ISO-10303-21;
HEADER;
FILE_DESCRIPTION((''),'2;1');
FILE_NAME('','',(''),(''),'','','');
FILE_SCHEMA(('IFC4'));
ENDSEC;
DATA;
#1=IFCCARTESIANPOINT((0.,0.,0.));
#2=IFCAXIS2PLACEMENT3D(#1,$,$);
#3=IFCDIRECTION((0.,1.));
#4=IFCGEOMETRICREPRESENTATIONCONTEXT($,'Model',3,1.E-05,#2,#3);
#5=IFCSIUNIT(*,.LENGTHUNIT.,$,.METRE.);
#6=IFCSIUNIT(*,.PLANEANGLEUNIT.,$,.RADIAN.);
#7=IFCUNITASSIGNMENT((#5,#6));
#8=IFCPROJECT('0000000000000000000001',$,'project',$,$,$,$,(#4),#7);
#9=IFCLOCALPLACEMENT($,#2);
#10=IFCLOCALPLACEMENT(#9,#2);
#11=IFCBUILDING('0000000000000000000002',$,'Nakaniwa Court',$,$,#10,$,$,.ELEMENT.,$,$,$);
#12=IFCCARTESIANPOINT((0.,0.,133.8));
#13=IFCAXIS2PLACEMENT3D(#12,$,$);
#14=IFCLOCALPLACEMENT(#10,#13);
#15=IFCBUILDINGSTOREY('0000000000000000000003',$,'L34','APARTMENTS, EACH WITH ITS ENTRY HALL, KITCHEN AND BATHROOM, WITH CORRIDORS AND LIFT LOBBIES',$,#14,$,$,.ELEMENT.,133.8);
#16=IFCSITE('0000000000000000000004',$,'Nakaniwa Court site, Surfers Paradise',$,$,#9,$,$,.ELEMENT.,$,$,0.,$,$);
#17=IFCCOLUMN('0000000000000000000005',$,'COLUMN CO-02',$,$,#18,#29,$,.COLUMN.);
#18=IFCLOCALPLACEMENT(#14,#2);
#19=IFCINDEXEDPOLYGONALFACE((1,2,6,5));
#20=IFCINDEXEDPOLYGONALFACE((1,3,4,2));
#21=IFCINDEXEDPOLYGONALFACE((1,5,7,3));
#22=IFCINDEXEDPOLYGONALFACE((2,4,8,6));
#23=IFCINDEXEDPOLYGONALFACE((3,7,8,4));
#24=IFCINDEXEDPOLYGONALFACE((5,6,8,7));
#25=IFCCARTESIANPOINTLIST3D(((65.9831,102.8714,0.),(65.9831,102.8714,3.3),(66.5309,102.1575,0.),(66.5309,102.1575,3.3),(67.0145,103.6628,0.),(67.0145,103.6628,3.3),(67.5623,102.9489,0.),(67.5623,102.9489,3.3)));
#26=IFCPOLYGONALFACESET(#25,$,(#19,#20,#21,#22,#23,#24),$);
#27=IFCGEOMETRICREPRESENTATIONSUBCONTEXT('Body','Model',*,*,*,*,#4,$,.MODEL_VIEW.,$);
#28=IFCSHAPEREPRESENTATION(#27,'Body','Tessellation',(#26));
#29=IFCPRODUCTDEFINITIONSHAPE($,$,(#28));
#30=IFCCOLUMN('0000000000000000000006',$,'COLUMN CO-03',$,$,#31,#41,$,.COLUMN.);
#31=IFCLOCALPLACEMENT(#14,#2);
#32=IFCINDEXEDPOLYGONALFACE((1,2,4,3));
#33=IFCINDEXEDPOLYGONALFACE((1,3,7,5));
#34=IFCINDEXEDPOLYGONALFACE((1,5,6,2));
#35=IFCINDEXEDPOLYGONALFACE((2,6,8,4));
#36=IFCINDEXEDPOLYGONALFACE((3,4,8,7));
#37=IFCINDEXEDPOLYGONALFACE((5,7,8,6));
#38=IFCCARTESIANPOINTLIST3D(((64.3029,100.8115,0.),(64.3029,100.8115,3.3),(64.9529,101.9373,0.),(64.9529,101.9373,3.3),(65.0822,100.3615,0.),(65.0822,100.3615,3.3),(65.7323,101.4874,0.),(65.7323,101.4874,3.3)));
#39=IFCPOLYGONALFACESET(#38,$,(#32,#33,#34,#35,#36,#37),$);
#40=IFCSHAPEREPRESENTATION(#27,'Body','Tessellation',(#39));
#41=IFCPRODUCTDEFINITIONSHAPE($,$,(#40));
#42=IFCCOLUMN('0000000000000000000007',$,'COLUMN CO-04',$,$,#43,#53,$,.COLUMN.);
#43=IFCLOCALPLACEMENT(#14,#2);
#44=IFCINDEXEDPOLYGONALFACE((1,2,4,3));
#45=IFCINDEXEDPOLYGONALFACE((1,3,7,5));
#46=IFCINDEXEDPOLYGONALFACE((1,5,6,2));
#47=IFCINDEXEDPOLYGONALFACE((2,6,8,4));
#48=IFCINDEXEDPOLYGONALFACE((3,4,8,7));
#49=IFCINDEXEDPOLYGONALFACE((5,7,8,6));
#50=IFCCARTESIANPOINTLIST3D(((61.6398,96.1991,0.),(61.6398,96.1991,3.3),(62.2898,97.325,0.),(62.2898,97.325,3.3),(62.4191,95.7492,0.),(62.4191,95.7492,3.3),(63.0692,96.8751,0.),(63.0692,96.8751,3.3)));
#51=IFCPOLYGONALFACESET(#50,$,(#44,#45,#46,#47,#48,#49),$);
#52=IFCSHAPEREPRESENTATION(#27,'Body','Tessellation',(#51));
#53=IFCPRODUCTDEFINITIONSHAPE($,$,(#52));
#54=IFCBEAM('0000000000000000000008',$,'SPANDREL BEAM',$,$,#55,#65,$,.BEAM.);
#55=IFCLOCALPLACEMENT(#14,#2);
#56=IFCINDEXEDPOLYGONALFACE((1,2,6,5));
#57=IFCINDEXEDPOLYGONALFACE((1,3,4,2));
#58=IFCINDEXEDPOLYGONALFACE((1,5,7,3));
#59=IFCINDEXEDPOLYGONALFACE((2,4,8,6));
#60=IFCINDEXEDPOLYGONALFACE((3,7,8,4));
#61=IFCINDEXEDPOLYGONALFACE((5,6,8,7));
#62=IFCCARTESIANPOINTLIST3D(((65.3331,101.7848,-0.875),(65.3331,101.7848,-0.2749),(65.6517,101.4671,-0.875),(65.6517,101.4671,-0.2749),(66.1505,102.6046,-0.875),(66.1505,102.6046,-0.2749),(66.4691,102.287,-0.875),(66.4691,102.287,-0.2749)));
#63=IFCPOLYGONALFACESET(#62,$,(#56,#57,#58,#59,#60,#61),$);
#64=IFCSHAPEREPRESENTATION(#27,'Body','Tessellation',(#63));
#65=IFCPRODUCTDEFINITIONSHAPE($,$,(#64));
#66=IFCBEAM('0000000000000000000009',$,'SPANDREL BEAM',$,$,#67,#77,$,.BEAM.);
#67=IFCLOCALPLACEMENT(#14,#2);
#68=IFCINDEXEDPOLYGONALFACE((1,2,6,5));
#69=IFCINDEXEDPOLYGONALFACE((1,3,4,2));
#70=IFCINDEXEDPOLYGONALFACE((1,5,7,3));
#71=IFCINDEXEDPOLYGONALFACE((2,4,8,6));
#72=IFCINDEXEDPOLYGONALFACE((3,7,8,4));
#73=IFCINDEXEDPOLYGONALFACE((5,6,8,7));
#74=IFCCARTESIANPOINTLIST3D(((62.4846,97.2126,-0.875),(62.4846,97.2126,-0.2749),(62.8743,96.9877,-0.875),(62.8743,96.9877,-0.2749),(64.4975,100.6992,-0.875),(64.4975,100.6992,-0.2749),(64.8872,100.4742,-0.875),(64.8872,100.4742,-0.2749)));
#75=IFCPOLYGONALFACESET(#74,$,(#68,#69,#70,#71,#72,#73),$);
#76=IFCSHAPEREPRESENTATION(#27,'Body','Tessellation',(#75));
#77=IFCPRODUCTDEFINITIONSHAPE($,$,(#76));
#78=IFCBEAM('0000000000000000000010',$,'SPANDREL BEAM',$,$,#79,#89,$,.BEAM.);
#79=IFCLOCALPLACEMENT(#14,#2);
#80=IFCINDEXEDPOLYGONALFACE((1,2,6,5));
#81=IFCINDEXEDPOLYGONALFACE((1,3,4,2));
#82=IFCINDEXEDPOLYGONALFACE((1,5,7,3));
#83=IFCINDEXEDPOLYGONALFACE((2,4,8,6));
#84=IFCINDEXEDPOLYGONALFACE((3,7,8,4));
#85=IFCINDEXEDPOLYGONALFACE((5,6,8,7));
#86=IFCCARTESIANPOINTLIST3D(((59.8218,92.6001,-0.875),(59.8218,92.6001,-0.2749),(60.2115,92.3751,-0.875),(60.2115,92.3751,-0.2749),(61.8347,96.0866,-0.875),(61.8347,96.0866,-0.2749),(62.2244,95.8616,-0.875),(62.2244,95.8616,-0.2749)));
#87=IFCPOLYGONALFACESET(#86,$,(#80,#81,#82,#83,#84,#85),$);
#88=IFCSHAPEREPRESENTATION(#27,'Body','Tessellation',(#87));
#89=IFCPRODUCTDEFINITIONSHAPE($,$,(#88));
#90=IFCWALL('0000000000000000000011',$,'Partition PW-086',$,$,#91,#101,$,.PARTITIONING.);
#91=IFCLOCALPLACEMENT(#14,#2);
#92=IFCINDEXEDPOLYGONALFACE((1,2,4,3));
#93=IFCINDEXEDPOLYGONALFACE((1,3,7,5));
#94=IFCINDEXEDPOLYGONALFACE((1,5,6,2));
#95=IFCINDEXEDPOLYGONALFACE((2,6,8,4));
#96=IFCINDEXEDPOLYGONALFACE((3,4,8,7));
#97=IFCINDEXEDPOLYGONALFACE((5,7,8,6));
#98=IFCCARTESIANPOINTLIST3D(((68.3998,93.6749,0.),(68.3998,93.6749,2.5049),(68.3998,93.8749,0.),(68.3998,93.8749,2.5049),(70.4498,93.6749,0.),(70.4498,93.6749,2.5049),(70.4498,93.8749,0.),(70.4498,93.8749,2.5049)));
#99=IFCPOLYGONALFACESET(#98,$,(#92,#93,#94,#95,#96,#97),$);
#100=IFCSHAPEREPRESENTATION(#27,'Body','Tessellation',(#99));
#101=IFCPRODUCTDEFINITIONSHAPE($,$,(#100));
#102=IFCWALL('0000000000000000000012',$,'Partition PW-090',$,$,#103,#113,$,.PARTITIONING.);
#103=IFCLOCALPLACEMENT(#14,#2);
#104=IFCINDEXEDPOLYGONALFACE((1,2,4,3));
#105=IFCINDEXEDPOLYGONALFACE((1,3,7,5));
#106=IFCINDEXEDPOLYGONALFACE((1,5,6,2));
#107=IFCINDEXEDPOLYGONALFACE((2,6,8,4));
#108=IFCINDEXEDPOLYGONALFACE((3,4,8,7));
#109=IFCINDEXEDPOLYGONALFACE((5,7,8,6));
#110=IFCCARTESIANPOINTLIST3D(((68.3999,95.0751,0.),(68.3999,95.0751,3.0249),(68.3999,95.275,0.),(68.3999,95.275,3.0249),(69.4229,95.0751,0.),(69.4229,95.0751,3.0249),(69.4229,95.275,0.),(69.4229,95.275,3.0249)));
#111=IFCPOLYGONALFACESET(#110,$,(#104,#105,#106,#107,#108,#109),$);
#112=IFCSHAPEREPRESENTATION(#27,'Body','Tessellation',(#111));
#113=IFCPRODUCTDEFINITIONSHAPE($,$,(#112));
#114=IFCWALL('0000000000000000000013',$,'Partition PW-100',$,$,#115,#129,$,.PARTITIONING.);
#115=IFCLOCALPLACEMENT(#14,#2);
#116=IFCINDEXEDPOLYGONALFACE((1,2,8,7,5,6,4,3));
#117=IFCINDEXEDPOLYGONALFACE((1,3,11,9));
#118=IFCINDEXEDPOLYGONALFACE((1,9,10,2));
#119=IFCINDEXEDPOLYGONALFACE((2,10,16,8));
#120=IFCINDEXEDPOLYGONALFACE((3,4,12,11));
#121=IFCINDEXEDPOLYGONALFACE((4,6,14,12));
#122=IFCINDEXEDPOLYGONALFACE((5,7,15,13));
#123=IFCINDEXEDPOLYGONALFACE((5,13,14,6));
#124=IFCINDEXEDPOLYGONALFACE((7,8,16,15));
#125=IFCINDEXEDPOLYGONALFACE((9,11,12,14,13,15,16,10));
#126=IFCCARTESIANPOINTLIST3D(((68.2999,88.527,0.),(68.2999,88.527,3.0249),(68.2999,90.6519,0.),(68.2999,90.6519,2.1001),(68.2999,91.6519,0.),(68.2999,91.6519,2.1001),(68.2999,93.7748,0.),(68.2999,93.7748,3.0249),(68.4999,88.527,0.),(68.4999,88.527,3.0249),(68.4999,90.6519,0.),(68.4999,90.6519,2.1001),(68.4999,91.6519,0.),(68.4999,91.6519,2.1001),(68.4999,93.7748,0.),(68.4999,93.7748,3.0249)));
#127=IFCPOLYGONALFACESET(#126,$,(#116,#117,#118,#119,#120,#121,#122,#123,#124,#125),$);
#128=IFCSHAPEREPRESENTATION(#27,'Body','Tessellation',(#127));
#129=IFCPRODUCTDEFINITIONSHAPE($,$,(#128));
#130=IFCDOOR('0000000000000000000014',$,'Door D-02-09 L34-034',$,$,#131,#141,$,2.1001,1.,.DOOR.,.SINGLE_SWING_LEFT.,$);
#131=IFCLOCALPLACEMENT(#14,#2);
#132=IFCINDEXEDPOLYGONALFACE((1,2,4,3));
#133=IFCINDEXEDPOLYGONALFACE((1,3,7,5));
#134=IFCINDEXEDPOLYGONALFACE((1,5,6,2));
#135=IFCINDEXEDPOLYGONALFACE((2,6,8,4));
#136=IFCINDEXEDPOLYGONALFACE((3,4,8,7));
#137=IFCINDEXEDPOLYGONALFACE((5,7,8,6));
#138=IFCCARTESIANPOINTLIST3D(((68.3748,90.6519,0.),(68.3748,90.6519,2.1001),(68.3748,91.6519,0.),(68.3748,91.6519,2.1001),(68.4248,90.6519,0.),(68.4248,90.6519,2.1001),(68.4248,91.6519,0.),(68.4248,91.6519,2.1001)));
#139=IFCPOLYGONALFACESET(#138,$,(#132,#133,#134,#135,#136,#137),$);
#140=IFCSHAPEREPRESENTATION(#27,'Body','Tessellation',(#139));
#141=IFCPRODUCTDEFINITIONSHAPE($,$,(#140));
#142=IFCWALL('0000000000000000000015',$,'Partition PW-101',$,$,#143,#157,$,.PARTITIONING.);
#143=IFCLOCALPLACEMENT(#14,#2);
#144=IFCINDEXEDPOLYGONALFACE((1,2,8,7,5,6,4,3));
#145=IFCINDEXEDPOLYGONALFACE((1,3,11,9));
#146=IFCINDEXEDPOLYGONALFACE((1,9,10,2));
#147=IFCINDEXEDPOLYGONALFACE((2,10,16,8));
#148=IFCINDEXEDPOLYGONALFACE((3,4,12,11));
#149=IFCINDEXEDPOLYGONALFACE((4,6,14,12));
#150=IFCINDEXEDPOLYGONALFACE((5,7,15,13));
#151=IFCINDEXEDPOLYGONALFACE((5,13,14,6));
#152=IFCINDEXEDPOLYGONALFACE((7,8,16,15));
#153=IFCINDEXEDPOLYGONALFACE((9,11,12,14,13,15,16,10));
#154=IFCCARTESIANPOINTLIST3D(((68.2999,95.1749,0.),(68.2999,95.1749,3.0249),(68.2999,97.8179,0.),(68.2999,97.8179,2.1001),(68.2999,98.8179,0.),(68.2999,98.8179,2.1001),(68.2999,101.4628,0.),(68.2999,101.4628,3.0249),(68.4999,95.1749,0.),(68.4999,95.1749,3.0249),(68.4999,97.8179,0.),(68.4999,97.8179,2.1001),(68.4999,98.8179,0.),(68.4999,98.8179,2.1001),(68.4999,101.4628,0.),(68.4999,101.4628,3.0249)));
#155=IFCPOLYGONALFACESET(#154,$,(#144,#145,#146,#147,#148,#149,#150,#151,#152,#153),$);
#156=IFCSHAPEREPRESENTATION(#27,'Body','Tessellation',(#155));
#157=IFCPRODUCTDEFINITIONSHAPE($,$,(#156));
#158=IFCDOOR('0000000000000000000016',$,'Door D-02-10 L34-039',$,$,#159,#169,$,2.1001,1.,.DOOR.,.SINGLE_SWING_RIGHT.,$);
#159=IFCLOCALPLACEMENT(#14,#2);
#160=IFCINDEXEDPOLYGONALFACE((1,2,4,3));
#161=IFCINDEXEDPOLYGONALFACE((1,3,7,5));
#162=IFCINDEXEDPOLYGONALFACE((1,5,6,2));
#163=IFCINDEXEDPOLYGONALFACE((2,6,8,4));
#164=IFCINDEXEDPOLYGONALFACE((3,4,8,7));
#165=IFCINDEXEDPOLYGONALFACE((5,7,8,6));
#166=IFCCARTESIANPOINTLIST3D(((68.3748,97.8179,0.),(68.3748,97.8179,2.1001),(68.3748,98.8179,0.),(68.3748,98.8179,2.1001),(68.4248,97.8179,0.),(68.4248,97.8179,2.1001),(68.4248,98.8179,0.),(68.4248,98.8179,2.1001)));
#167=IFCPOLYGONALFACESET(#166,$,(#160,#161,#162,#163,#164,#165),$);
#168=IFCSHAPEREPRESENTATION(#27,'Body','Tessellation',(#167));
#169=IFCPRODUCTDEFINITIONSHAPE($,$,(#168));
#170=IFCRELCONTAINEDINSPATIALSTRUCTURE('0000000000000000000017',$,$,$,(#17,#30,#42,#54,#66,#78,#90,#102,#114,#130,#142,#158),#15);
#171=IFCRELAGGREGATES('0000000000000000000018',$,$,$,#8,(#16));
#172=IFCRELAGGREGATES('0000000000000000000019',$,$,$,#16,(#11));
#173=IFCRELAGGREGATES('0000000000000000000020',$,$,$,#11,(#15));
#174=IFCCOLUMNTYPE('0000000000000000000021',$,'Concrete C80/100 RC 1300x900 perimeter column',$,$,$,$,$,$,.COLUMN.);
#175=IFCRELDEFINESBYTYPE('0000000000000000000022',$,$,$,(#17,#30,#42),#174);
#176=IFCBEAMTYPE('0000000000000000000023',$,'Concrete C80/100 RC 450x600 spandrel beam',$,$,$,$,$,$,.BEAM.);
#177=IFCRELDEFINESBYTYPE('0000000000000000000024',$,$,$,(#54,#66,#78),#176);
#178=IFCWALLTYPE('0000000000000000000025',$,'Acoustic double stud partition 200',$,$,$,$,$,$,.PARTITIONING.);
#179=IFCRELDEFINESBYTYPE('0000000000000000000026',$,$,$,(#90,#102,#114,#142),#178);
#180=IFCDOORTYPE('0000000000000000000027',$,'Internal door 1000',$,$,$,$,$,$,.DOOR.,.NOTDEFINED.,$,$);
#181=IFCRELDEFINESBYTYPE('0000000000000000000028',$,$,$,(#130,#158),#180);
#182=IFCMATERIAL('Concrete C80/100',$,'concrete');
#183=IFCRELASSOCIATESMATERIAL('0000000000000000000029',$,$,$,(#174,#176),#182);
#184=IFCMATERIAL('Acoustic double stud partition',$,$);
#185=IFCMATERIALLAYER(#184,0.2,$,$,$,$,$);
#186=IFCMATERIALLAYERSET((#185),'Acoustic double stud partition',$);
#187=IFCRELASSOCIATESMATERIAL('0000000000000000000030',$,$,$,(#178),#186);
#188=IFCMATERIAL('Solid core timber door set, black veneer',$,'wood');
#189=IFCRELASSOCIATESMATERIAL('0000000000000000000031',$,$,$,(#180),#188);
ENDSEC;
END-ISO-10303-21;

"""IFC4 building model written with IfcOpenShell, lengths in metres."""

from ifc_helpers import new_model, si_unit, direction, frame, frame_2d, origin, origin_2d, place, context, subcontext, project, spatial, rectangle, extrude, material, layer, layer_set, material_profile, profile_set, type_object, element, fill, save


model = new_model("IFC4")

# Units and contexts
model_context = context("Model", 3, precision=1e-05, world=origin(), true_north=direction((0.0, 1.0)))
body_context = subcontext(model_context, "Body", "Model", "MODEL_VIEW")
ifc_project = project(units=[si_unit("LENGTHUNIT", "METRE"), si_unit("PLANEANGLEUNIT", "RADIAN")], contexts=[model_context])

# Site, building, storey
site_placement = place(None, origin())
site = spatial("IfcSite", under=ifc_project, at=site_placement, Name="Nakaniwa Court site, Surfers Paradise", CompositionType="ELEMENT", RefElevation=0.0)
building_placement = place(site_placement, origin())
building = spatial("IfcBuilding", under=site, at=building_placement, Name="Nakaniwa Court", CompositionType="ELEMENT")
storey_placement = place(building_placement, frame((0.0, 0.0, 133.8)))
storey = spatial("IfcBuildingStorey", under=building, at=storey_placement, Name="L34", Description="APARTMENTS, EACH WITH ITS ENTRY HALL, KITCHEN AND BATHROOM, WITH CORRIDORS AND LIFT LOBBIES", CompositionType="ELEMENT", Elevation=133.8)

# Columns
ifc_material_1 = material(Name="Concrete C80/100", Category="concrete")
ifc_material_profile_1 = material_profile(ifc_material_1, rectangle(XDim=1.3, YDim=0.8999, at=origin_2d()), Name="Concrete C80/100 RC 1300x900 perimeter column")
ifc_profile_set_1 = profile_set([ifc_material_profile_1], Name="Concrete C80/100")
column_type = type_object("IfcColumnType", Name="Concrete C80/100 RC 1300x900 perimeter column", PredefinedType="COLUMN", material=ifc_profile_set_1)
for number, where, z_axis, x_axis, name in (
    (1, (66.7727, 102.9102, 0.0), (0.0, 0.0, 1.0), (-0.793364, -0.608748, 0.0), "COLUMN CO-02"),
    (2, (65.0176, 101.1494, 0.0), (0.0, 0.0, 1.0), (-0.5, -0.866025, 0.0), "COLUMN CO-03"),
    (3, (62.3545, 96.5371, 0.0), (0.0, 0.0, 1.0), (-0.5, -0.866025, 0.0), "COLUMN CO-04"),
):
    element("IfcColumn", number, at=place(storey_placement, frame(where, z_axis=z_axis, x_axis=x_axis)), inside=storey, type_object=column_type, Name=name, PredefinedType="COLUMN", context=body_context, shape_type="SweptSolid", body=[
        extrude(rectangle(XDim=1.3, YDim=0.8999, at=origin_2d()), origin(), (0.0, 0.0, 1.0), 3.3),
    ])

# Beams
ifc_material_profile_2 = material_profile(ifc_material_1, rectangle(XDim=0.45, YDim=0.6001, at=origin_2d()), Name="Concrete C80/100 RC 450x600 spandrel beam")
ifc_profile_set_2 = profile_set([ifc_material_profile_2], Name="Concrete C80/100")
beam_type = type_object("IfcBeamType", Name="Concrete C80/100 RC 450x600 spandrel beam", PredefinedType="BEAM", material=ifc_profile_set_2)
beam_placement = place(storey_placement, frame((66.3098, 102.4458, -0.575), z_axis=(-0.706052, -0.70816, 0.0), x_axis=(0.70816, -0.706052, 0.0)))
element("IfcBeam", 4, at=beam_placement, inside=storey, type_object=beam_type, Name="SPANDREL BEAM", PredefinedType="BEAM", context=body_context, shape_type="SweptSolid", body=[
    extrude(rectangle(XDim=0.45, YDim=0.6001, at=origin_2d()), origin(), (0.0, 0.0, 1.0), 1.1577),
])
for number, where, z_axis, x_axis, name in (
    (5, (64.6924, 100.5867, -0.575), (-0.499994, -0.866029, 0.0), (0.866029, -0.499994, 0.0), "SPANDREL BEAM"),
    (6, (62.0295, 95.9741, -0.575), (-0.499994, -0.866029, 0.0), (0.866029, -0.499994, 0.0), "SPANDREL BEAM"),
):
    element("IfcBeam", number, at=place(storey_placement, frame(where, z_axis=z_axis, x_axis=x_axis)), inside=storey, type_object=beam_type, Name=name, PredefinedType="BEAM", context=body_context, shape_type="SweptSolid", body=[
        extrude(rectangle(XDim=0.45, YDim=0.6001, at=origin_2d()), origin(), (0.0, 0.0, 1.0), 4.0259),
    ])

# Walls
ifc_material_2 = material(Name="Acoustic double stud partition")
ifc_layer_1 = layer(ifc_material_2, 0.2)
ifc_layer_set_1 = layer_set([ifc_layer_1], Name="Acoustic double stud partition")
wall_type_1 = type_object("IfcWallType", Name="Acoustic double stud partition 200", PredefinedType="PARTITIONING", material=ifc_layer_set_1)
wall_1_placement = place(storey_placement, frame((68.3999, 93.7749, 0.0), z_axis=(0.0, 0.0, 1.0), x_axis=(1.0, 0.0, 0.0)))
element("IfcWall", 7, at=wall_1_placement, inside=storey, type_object=wall_type_1, Name="Partition PW-086", PredefinedType="PARTITIONING", context=body_context, shape_type="SweptSolid", body=[
    extrude(rectangle(XDim=2.05, YDim=0.2, at=frame_2d((1.0249, 0.0))), origin(), (0.0, 0.0, 1.0), 2.5049),
])
wall_2_placement = place(storey_placement, frame((68.3999, 95.175, 0.0), z_axis=(0.0, 0.0, 1.0), x_axis=(1.0, 0.0, 0.0)))
element("IfcWall", 8, at=wall_2_placement, inside=storey, type_object=wall_type_1, Name="Partition PW-090", PredefinedType="PARTITIONING", context=body_context, shape_type="SweptSolid", body=[
    extrude(rectangle(XDim=1.0229, YDim=0.2, at=frame_2d((0.5115, 0.0))), origin(), (0.0, 0.0, 1.0), 3.0249),
])

# Walls, openings, doors
wall_3_placement = place(storey_placement, frame((68.3999, 93.7749, 0.0), z_axis=(0.0, 0.0, 1.0), x_axis=(0.0, -1.0, 0.0)))
wall_3 = element("IfcWall", 9, at=wall_3_placement, inside=storey, type_object=wall_type_1, Name="Partition PW-100", PredefinedType="PARTITIONING", context=body_context, shape_type="SweptSolid", body=[
    extrude(rectangle(XDim=5.2478, YDim=0.2, at=frame_2d((2.624, 0.0))), origin(), (0.0, 0.0, 1.0), 3.0249),
])
opening_1_placement = place(wall_3_placement, frame((2.123, 0.0, 0.0)))
opening_1 = element("IfcOpeningElement", 10, at=opening_1_placement, cuts=wall_3, PredefinedType="OPENING", context=body_context, shape_type="SweptSolid", body=[
    extrude(rectangle(XDim=1.0, YDim=2.1001, at=frame_2d((0.5, 1.05))), frame((0.0, 0.1099, 0.0), z_axis=(0.0, -1.0, 0.0), x_axis=(1.0, 0.0, 0.0)), (0.0, 0.0, 1.0), 0.22),
])
ifc_material_3 = material(Name="Solid core timber door set, black veneer", Category="wood")
door_type_1 = type_object("IfcDoorType", Name="Internal door 1000", OperationType="NOTDEFINED", PredefinedType="DOOR", material=ifc_material_3)
door_1_placement = place(opening_1_placement, origin())
door_1 = element("IfcDoor", 11, at=door_1_placement, inside=storey, type_object=door_type_1, Name="Door D-02-09 L34-034", OperationType="SINGLE_SWING_LEFT", OverallHeight=2.1001, OverallWidth=1.0, PredefinedType="DOOR", context=body_context, shape_type="SweptSolid", body=[
    extrude(rectangle(XDim=1.0, YDim=2.1001, at=frame_2d((0.5, 1.05))), frame((0.0, 0.0249, 0.0), z_axis=(0.0, -1.0, 0.0), x_axis=(1.0, 0.0, 0.0)), (0.0, 0.0, 1.0), 0.05),
])
fill(opening_1, door_1)
wall_4_placement = place(storey_placement, frame((68.3999, 101.4629, 0.0), z_axis=(0.0, 0.0, 1.0), x_axis=(0.0, -1.0, 0.0)))
wall_4 = element("IfcWall", 12, at=wall_4_placement, inside=storey, type_object=wall_type_1, Name="Partition PW-101", PredefinedType="PARTITIONING", context=body_context, shape_type="SweptSolid", body=[
    extrude(rectangle(XDim=6.2878, YDim=0.2, at=frame_2d((3.144, 0.0))), origin(), (0.0, 0.0, 1.0), 3.0249),
])
opening_2_placement = place(wall_4_placement, frame((2.645, 0.0, 0.0)))
opening_2 = element("IfcOpeningElement", 13, at=opening_2_placement, cuts=wall_4, PredefinedType="OPENING", context=body_context, shape_type="SweptSolid", body=[
    extrude(rectangle(XDim=1.0, YDim=2.1001, at=frame_2d((0.5, 1.05))), frame((0.0, 0.1099, 0.0), z_axis=(0.0, -1.0, 0.0), x_axis=(1.0, 0.0, 0.0)), (0.0, 0.0, 1.0), 0.22),
])
door_2_placement = place(opening_2_placement, origin())
door_2 = element("IfcDoor", 14, at=door_2_placement, inside=storey, type_object=door_type_1, Name="Door D-02-10 L34-039", OperationType="SINGLE_SWING_RIGHT", OverallHeight=2.1001, OverallWidth=1.0, PredefinedType="DOOR", context=body_context, shape_type="SweptSolid", body=[
    extrude(rectangle(XDim=1.0, YDim=2.1001, at=frame_2d((0.5, 1.05))), frame((0.0, 0.0249, 0.0), z_axis=(0.0, -1.0, 0.0), x_axis=(1.0, 0.0, 0.0)), (0.0, 0.0, 1.0), 0.05),
])
fill(opening_2, door_2)

save(model, "model.ifc")
